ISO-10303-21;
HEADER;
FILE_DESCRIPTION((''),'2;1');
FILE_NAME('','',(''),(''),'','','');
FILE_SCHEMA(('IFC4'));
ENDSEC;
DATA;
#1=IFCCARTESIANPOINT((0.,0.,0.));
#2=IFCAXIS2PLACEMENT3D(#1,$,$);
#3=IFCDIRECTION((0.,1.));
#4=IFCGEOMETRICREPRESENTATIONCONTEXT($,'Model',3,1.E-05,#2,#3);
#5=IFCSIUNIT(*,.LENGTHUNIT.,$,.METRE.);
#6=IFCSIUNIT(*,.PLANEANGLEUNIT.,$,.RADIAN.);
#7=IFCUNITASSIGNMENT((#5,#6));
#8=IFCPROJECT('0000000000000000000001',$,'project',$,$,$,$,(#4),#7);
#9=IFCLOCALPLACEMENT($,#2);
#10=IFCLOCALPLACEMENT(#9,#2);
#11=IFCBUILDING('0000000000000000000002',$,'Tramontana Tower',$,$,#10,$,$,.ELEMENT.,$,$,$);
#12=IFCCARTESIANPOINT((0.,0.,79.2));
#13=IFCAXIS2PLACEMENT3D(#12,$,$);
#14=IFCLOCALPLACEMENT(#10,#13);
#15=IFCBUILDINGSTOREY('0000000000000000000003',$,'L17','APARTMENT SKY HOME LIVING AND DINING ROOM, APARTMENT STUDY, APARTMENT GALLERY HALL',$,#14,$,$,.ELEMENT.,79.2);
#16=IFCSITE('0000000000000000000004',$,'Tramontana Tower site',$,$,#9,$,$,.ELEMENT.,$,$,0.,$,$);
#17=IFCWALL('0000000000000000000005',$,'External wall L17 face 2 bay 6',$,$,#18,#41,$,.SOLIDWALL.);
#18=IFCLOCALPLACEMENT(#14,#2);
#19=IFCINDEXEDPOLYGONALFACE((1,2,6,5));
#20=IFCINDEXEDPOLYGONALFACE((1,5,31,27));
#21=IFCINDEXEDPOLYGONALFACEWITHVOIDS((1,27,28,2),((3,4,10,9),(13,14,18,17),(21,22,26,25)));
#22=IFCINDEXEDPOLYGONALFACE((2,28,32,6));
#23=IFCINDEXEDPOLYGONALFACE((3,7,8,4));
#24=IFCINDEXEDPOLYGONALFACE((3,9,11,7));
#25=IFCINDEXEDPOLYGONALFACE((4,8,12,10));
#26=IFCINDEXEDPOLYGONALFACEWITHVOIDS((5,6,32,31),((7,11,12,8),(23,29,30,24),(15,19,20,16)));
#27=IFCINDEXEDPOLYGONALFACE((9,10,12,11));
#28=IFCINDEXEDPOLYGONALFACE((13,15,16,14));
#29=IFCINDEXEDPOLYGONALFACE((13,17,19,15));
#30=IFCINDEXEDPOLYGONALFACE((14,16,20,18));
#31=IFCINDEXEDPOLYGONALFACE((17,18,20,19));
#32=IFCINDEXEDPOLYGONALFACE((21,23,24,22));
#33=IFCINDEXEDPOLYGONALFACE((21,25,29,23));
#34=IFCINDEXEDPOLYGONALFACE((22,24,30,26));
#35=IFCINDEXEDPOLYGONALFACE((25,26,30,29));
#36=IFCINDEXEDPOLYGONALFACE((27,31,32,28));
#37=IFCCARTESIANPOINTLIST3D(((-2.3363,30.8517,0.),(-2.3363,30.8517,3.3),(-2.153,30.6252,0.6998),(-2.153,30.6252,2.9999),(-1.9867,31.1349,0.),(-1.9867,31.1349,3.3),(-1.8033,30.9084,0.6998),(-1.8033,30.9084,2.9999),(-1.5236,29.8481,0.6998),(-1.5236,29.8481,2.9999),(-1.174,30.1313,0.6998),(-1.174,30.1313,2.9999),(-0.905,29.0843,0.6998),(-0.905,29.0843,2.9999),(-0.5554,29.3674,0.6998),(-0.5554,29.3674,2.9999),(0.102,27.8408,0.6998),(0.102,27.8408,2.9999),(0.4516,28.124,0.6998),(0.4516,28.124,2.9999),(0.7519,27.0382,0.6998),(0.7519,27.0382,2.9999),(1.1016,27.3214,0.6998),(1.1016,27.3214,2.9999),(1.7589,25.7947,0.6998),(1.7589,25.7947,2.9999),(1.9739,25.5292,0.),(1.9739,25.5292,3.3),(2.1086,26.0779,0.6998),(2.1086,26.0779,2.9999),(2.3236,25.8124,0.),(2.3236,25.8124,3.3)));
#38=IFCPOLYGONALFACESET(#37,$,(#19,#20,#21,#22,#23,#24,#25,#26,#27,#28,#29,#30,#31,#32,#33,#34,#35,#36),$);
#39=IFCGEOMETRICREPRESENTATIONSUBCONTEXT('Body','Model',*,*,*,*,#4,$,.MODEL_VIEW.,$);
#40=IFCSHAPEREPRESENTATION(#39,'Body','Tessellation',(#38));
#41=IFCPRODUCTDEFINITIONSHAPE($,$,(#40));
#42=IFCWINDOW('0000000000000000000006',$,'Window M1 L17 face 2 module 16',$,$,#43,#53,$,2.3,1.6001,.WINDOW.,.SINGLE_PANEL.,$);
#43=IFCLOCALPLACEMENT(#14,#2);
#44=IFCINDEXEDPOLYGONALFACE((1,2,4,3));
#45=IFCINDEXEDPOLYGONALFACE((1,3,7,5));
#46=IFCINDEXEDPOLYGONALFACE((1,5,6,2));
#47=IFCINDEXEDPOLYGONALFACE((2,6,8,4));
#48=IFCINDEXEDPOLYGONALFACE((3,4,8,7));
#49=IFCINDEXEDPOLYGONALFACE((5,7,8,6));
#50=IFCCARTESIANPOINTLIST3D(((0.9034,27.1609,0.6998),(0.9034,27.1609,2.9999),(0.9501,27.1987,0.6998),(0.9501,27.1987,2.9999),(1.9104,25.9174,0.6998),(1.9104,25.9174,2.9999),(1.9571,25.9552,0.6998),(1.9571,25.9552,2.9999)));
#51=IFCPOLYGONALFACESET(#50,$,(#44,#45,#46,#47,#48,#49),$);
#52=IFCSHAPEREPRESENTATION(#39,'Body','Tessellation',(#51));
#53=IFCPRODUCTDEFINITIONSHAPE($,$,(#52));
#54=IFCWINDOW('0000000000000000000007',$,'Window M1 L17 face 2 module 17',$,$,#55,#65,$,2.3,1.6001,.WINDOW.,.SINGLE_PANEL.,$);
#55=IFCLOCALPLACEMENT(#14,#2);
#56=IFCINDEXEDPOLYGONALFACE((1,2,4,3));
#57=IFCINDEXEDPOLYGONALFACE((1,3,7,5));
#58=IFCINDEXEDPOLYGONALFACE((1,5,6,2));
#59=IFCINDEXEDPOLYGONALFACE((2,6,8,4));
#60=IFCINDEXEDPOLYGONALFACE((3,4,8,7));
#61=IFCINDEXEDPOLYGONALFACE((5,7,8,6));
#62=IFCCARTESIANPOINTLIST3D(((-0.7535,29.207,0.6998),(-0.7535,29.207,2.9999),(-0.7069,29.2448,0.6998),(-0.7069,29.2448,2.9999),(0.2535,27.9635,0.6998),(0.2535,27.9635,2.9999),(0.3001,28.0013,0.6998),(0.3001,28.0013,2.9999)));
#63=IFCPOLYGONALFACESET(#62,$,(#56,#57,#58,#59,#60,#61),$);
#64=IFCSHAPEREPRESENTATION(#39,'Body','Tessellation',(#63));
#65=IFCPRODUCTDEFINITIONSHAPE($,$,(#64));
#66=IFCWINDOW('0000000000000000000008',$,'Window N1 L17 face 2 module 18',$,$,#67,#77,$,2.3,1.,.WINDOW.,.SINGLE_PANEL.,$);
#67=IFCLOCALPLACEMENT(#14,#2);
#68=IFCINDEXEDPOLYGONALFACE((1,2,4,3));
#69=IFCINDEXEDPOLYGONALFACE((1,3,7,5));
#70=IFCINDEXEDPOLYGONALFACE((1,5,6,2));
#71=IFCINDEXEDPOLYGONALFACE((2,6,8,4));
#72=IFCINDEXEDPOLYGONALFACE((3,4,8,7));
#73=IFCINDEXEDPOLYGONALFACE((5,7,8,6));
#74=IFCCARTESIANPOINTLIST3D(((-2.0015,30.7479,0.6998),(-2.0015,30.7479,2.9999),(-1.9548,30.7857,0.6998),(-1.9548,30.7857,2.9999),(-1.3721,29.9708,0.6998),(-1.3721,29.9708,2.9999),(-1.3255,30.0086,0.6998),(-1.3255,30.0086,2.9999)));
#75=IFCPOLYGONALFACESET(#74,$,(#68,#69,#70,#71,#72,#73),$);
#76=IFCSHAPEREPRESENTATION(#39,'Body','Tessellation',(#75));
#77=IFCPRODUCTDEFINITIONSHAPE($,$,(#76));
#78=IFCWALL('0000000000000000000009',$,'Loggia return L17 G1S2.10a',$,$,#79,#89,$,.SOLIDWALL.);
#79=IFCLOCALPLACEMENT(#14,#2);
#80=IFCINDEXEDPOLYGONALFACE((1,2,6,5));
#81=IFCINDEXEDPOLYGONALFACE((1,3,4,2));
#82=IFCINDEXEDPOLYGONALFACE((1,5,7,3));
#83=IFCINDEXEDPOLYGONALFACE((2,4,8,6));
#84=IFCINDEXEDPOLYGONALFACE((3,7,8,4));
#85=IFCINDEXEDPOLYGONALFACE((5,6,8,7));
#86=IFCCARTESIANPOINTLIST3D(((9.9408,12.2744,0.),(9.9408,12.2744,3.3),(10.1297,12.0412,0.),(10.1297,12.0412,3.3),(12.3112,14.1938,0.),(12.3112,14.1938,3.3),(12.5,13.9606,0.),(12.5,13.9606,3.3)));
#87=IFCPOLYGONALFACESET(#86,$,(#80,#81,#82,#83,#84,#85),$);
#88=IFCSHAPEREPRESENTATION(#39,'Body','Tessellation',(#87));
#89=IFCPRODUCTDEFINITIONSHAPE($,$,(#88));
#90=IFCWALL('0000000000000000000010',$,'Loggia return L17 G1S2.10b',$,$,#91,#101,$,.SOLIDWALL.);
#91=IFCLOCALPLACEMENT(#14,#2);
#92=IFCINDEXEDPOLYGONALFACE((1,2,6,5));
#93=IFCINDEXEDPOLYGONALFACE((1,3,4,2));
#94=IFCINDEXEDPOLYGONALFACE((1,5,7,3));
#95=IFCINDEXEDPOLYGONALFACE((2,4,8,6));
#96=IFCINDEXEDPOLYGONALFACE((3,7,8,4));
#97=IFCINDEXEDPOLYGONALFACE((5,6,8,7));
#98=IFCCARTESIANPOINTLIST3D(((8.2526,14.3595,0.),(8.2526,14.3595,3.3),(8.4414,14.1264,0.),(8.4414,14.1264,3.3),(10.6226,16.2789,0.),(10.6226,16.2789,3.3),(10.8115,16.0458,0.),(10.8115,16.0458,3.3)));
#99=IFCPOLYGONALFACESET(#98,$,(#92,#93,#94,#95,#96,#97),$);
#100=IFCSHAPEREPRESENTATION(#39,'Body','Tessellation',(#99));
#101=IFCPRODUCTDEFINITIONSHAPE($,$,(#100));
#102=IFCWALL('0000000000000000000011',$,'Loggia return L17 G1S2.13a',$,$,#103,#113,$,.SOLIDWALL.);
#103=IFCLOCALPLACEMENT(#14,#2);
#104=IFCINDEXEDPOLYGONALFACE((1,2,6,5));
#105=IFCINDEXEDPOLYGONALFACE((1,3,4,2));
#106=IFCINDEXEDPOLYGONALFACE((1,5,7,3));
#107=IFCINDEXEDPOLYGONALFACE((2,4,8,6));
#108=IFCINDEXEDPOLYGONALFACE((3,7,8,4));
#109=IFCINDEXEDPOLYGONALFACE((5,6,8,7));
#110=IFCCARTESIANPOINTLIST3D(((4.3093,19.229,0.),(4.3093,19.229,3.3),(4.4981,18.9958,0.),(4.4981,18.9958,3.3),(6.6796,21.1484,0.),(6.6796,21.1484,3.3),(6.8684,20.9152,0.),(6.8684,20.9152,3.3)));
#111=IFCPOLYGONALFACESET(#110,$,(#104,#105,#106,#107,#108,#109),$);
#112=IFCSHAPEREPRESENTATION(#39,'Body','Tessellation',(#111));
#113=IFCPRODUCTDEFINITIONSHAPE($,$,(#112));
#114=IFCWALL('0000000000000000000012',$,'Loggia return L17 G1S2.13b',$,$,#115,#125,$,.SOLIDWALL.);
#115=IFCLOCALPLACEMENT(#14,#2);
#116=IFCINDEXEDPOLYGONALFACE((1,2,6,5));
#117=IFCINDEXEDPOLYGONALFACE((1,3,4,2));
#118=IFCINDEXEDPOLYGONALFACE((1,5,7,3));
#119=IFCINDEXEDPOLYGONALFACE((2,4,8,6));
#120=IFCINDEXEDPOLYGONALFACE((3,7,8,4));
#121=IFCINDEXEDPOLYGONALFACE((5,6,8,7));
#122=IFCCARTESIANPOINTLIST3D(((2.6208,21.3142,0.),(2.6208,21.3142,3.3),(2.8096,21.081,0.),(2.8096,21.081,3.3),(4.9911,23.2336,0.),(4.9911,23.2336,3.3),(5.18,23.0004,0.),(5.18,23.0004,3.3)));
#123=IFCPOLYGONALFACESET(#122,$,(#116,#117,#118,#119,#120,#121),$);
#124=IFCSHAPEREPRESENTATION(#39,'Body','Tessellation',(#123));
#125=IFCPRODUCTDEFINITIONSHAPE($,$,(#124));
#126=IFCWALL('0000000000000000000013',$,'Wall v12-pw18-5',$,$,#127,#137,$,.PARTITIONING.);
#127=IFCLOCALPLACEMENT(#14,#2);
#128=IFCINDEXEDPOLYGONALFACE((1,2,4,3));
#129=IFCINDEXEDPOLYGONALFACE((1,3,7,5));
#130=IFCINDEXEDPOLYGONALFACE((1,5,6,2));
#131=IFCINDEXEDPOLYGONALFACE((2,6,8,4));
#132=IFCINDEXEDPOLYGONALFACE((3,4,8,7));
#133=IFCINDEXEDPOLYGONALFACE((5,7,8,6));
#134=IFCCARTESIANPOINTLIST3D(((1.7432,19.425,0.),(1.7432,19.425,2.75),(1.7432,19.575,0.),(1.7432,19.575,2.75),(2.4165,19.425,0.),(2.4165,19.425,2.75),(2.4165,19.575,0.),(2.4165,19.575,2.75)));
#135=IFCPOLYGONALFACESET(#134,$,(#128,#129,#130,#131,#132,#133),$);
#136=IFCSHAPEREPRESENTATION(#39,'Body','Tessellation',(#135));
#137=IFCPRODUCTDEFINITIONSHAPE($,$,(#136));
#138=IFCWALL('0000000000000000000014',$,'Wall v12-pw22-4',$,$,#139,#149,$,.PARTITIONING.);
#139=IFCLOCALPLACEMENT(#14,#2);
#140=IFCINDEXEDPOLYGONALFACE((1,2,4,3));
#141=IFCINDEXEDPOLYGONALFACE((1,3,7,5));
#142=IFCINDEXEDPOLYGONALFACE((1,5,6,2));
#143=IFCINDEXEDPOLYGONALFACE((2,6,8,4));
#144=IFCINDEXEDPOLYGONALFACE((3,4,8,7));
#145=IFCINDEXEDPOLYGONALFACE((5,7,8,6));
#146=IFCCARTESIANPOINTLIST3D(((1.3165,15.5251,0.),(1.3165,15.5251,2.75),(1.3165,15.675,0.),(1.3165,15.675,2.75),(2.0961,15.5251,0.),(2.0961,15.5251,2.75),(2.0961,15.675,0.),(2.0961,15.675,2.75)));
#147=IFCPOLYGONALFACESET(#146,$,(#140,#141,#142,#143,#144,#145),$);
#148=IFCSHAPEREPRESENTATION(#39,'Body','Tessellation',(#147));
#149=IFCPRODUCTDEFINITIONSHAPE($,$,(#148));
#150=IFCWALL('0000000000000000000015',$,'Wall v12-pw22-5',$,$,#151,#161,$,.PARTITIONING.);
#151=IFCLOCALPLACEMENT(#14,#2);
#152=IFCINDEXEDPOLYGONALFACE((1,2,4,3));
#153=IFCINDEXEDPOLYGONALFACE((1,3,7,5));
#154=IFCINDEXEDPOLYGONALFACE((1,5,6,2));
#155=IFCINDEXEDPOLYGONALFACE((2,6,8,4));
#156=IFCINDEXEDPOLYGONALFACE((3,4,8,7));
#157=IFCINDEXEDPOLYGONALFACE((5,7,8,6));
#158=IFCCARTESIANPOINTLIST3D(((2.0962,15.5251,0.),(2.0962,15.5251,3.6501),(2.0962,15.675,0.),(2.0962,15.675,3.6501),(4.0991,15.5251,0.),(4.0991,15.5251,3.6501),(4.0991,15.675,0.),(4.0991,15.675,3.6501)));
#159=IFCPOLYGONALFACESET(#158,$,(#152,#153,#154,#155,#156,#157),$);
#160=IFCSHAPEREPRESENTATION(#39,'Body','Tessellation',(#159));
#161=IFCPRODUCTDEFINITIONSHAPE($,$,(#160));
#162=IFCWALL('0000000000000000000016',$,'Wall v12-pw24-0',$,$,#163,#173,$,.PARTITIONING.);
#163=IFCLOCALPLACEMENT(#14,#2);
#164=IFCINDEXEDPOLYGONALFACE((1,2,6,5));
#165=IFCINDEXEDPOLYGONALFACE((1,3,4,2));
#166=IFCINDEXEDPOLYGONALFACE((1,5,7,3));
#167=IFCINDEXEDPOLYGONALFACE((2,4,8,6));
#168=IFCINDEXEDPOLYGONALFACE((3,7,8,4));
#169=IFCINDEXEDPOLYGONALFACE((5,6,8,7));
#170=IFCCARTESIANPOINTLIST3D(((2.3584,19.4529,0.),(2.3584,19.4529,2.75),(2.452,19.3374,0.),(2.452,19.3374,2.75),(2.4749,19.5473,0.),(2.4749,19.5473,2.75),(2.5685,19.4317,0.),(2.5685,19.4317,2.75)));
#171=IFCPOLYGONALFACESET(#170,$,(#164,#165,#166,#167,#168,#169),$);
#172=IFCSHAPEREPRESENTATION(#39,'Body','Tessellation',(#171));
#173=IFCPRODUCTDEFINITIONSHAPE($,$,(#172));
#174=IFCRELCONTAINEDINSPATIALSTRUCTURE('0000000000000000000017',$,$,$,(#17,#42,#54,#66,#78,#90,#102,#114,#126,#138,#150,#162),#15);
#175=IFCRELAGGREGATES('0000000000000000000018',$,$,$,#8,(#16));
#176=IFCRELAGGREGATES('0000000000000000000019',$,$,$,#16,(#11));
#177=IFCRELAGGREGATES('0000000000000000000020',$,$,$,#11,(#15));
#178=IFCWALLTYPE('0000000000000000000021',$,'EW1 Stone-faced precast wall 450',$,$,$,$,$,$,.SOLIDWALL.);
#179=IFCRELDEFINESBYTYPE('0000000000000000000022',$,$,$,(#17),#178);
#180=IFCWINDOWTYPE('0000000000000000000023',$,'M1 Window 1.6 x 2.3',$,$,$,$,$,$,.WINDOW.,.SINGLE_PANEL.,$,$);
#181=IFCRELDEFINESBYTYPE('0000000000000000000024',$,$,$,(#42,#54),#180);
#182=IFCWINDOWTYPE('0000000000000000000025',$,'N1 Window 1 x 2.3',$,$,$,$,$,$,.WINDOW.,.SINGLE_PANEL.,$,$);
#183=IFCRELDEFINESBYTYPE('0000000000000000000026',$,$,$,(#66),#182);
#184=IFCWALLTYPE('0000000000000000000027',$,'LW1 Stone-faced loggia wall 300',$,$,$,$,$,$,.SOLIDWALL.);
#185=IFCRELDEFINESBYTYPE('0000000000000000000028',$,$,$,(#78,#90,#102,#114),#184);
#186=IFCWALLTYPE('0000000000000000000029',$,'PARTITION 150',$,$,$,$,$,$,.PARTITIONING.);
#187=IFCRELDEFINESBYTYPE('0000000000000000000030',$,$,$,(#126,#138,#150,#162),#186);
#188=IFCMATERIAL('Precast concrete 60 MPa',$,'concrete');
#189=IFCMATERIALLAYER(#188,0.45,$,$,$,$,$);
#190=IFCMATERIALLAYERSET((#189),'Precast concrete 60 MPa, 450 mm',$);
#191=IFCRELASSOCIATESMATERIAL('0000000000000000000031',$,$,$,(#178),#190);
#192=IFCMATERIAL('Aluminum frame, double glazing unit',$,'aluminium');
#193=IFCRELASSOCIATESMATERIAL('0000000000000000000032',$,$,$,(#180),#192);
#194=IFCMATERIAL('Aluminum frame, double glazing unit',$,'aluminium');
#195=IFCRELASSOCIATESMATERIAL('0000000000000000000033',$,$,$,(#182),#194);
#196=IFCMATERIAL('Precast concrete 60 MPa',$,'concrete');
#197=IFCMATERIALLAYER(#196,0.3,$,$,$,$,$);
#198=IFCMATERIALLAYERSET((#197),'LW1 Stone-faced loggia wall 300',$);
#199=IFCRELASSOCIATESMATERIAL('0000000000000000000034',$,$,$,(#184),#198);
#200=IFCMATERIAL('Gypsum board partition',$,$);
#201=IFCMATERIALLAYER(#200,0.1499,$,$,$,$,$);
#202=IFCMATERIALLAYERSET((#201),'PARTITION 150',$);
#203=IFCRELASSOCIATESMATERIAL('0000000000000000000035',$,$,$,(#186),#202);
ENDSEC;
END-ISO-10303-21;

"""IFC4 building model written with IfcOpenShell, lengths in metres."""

from ifc_helpers import new_model, si_unit, direction, frame, frame_2d, origin, place, context, subcontext, project, spatial, rectangle, extrude, material, layer, layer_set, type_object, element, fill, save


model = new_model("IFC4")

# Units and contexts
model_context = context("Model", 3, precision=1e-05, world=origin(), true_north=direction((0.0, 1.0)))
body_context = subcontext(model_context, "Body", "Model", "MODEL_VIEW")
ifc_project = project(units=[si_unit("LENGTHUNIT", "METRE"), si_unit("PLANEANGLEUNIT", "RADIAN")], contexts=[model_context])

# Site, building, storey
site_placement = place(None, origin())
site = spatial("IfcSite", under=ifc_project, at=site_placement, Name="Tramontana Tower site", CompositionType="ELEMENT", RefElevation=0.0)
building_placement = place(site_placement, origin())
building = spatial("IfcBuilding", under=site, at=building_placement, Name="Tramontana Tower", CompositionType="ELEMENT")
storey_placement = place(building_placement, frame((0.0, 0.0, 79.2)))
storey = spatial("IfcBuildingStorey", under=building, at=storey_placement, Name="L17", Description="APARTMENT SKY HOME LIVING AND DINING ROOM, APARTMENT STUDY, APARTMENT GALLERY HALL", CompositionType="ELEMENT", Elevation=79.2)

# Shared definitions
ifc_material_1 = material(Name="Precast concrete 60 MPa", Category="concrete")
ifc_layer_1 = layer(ifc_material_1, 0.45)
ifc_layer_set_1 = layer_set([ifc_layer_1], Name="Precast concrete 60 MPa, 450 mm")
wall_type_1 = type_object("IfcWallType", Name="EW1 Stone-faced precast wall 450", PredefinedType="SOLIDWALL", material=ifc_layer_set_1)
ifc_material_2 = material(Name="Aluminum frame, double glazing unit", Category="aluminium")
window_type_1 = type_object("IfcWindowType", Name="M1 Window 1.6 x 2.3", PartitioningType="SINGLE_PANEL", PredefinedType="WINDOW", material=ifc_material_2)

# Wall, openings, windows
wall_1_placement = place(storey_placement, frame((2.1487, 25.6709, 0.0), z_axis=(0.0, 0.0, 1.0), x_axis=(-0.62934, 0.77713, 0.0)))
wall_1 = element("IfcWall", 1, at=wall_1_placement, inside=storey, type_object=wall_type_1, Name="External wall L17 face 2 bay 6", PredefinedType="SOLIDWALL", context=body_context, shape_type="SweptSolid", body=[
    extrude(rectangle(XDim=6.8489, YDim=0.45, at=frame_2d((3.4243, 0.0))), origin(), (0.0, 0.0, 1.0), 3.3),
])
opening_1_placement = place(wall_1_placement, frame((0.3416, 0.0, 0.7)))
opening_1 = element("IfcOpeningElement", 2, at=opening_1_placement, cuts=wall_1, PredefinedType="OPENING", context=body_context, shape_type="SweptSolid", body=[
    extrude(rectangle(XDim=1.6001, YDim=2.3, at=frame_2d((0.8, 1.1499))), frame((0.0, 0.2349, 0.0), z_axis=(0.0, -1.0, 0.0), x_axis=(1.0, 0.0, 0.0)), (0.0, 0.0, 1.0), 0.47),
])
opening_2_placement = place(wall_1_placement, frame((2.9744, 0.0, 0.7)))
opening_2 = element("IfcOpeningElement", 3, at=opening_2_placement, cuts=wall_1, PredefinedType="OPENING", context=body_context, shape_type="SweptSolid", body=[
    extrude(rectangle(XDim=1.6001, YDim=2.3, at=frame_2d((0.8, 1.1499))), frame((0.0, 0.2349, 0.0), z_axis=(0.0, -1.0, 0.0), x_axis=(1.0, 0.0, 0.0)), (0.0, 0.0, 1.0), 0.47),
])
opening_3_placement = place(wall_1_placement, frame((5.5574, 0.0, 0.7)))
opening_3 = element("IfcOpeningElement", 4, at=opening_3_placement, cuts=wall_1, PredefinedType="OPENING", context=body_context, shape_type="SweptSolid", body=[
    extrude(rectangle(XDim=1.0, YDim=2.3, at=frame_2d((0.5, 1.1499))), frame((0.0, 0.2349, 0.0), z_axis=(0.0, -1.0, 0.0), x_axis=(1.0, 0.0, 0.0)), (0.0, 0.0, 1.0), 0.47),
])
window_1_placement = place(opening_1_placement, origin())
window_1 = element("IfcWindow", 5, at=window_1_placement, inside=storey, type_object=window_type_1, Name="Window M1 L17 face 2 module 16", OverallHeight=2.3, OverallWidth=1.6001, PartitioningType="SINGLE_PANEL", PredefinedType="WINDOW", context=body_context, shape_type="SweptSolid", body=[
    extrude(rectangle(XDim=1.6001, YDim=2.3, at=frame_2d((0.8, 1.1499))), frame((0.0, 0.03, 0.0), z_axis=(0.0, -1.0, 0.0), x_axis=(1.0, 0.0, 0.0)), (0.0, 0.0, 1.0), 0.0601),
])
fill(opening_1, window_1)
window_2_placement = place(opening_2_placement, origin())
window_2 = element("IfcWindow", 6, at=window_2_placement, inside=storey, type_object=window_type_1, Name="Window M1 L17 face 2 module 17", OverallHeight=2.3, OverallWidth=1.6001, PartitioningType="SINGLE_PANEL", PredefinedType="WINDOW", context=body_context, shape_type="SweptSolid", body=[
    extrude(rectangle(XDim=1.6001, YDim=2.3, at=frame_2d((0.8, 1.1499))), frame((0.0, 0.03, 0.0), z_axis=(0.0, -1.0, 0.0), x_axis=(1.0, 0.0, 0.0)), (0.0, 0.0, 1.0), 0.0601),
])
fill(opening_2, window_2)
ifc_material_3 = material(Name="Aluminum frame, double glazing unit", Category="aluminium")
window_type_2 = type_object("IfcWindowType", Name="N1 Window 1 x 2.3", PartitioningType="SINGLE_PANEL", PredefinedType="WINDOW", material=ifc_material_3)
window_3_placement = place(opening_3_placement, origin())
window_3 = element("IfcWindow", 7, at=window_3_placement, inside=storey, type_object=window_type_2, Name="Window N1 L17 face 2 module 18", OverallHeight=2.3, OverallWidth=1.0, PartitioningType="SINGLE_PANEL", PredefinedType="WINDOW", context=body_context, shape_type="SweptSolid", body=[
    extrude(rectangle(XDim=1.0, YDim=2.3, at=frame_2d((0.5, 1.1499))), frame((0.0, 0.03, 0.0), z_axis=(0.0, -1.0, 0.0), x_axis=(1.0, 0.0, 0.0)), (0.0, 0.0, 1.0), 0.0601),
])
fill(opening_3, window_3)

# Walls
ifc_material_4 = material(Name="Precast concrete 60 MPa", Category="concrete")
ifc_layer_2 = layer(ifc_material_4, 0.3)
ifc_layer_set_2 = layer_set([ifc_layer_2], Name="LW1 Stone-faced loggia wall 300")
wall_type_2 = type_object("IfcWallType", Name="LW1 Stone-faced loggia wall 300", PredefinedType="SOLIDWALL", material=ifc_layer_set_2)
wall_2_placement = place(storey_placement, frame((12.4055, 14.0771, 0.0), z_axis=(0.0, 0.0, 1.0), x_axis=(-0.777154, -0.629311, 0.0)))
element("IfcWall", 8, at=wall_2_placement, inside=storey, type_object=wall_type_2, Name="Loggia return L17 G1S2.10a", PredefinedType="SOLIDWALL", context=body_context, shape_type="SweptSolid", body=[
    extrude(rectangle(XDim=3.05, YDim=0.3, at=frame_2d((1.5249, 0.0))), origin(), (0.0, 0.0, 1.0), 3.3),
])
wall_3_placement = place(storey_placement, frame((10.717, 16.1624, 0.0), z_axis=(0.0, 0.0, 1.0), x_axis=(-0.777122, -0.62935, 0.0)))
element("IfcWall", 9, at=wall_3_placement, inside=storey, type_object=wall_type_2, Name="Loggia return L17 G1S2.10b", PredefinedType="SOLIDWALL", context=body_context, shape_type="SweptSolid", body=[
    extrude(rectangle(XDim=3.0498, YDim=0.3, at=frame_2d((1.5249, 0.0))), origin(), (0.0, 0.0, 1.0), 3.3),
])

# Walls
for number, where, z_axis, x_axis, name in (
    (10, (6.7739, 21.0317, 0.0), (0.0, 0.0, 1.0), (-0.777154, -0.629311, 0.0), "Loggia return L17 G1S2.13a"),
    (11, (5.0854, 23.1169, 0.0), (0.0, 0.0, 1.0), (-0.777154, -0.629311, 0.0), "Loggia return L17 G1S2.13b"),
):
    element("IfcWall", number, at=place(storey_placement, frame(where, z_axis=z_axis, x_axis=x_axis)), inside=storey, type_object=wall_type_2, Name=name, PredefinedType="SOLIDWALL", context=body_context, shape_type="SweptSolid", body=[
        extrude(rectangle(XDim=3.05, YDim=0.3, at=frame_2d((1.5249, 0.0))), origin(), (0.0, 0.0, 1.0), 3.3),
    ])
ifc_material_5 = material(Name="Gypsum board partition")
ifc_layer_3 = layer(ifc_material_5, 0.1499)
ifc_layer_set_3 = layer_set([ifc_layer_3], Name="PARTITION 150")
wall_type_3 = type_object("IfcWallType", Name="PARTITION 150", PredefinedType="PARTITIONING", material=ifc_layer_set_3)
wall_4_placement = place(storey_placement, frame((1.7432, 19.5, 0.0), z_axis=(0.0, 0.0, 1.0), x_axis=(1.0, 0.0, 0.0)))
element("IfcWall", 12, at=wall_4_placement, inside=storey, type_object=wall_type_3, Name="Wall v12-pw18-5", PredefinedType="PARTITIONING", context=body_context, shape_type="SweptSolid", body=[
    extrude(rectangle(XDim=0.6733, YDim=0.1499, at=frame_2d((0.3367, 0.0))), origin(), (0.0, 0.0, 1.0), 2.75),
])
wall_5_placement = place(storey_placement, frame((1.3167, 15.6001, 0.0), z_axis=(0.0, 0.0, 1.0), x_axis=(1.0, 0.0, 0.0)))
element("IfcWall", 13, at=wall_5_placement, inside=storey, type_object=wall_type_3, Name="Wall v12-pw22-4", PredefinedType="PARTITIONING", context=body_context, shape_type="SweptSolid", body=[
    extrude(rectangle(XDim=0.7795, YDim=0.1499, at=frame_2d((0.3896, 0.0))), origin(), (0.0, 0.0, 1.0), 2.75),
])
wall_6_placement = place(storey_placement, frame((2.0962, 15.6001, 0.0), z_axis=(0.0, 0.0, 1.0), x_axis=(1.0, 0.0, 0.0)))
element("IfcWall", 14, at=wall_6_placement, inside=storey, type_object=wall_type_3, Name="Wall v12-pw22-5", PredefinedType="PARTITIONING", context=body_context, shape_type="SweptSolid", body=[
    extrude(rectangle(XDim=2.0029, YDim=0.1499, at=frame_2d((1.0015, 0.0))), origin(), (0.0, 0.0, 1.0), 3.6501),
])
wall_7_placement = place(storey_placement, frame((2.4167, 19.5, 0.0), z_axis=(0.0, 0.0, 1.0), x_axis=(0.629293, -0.777168, 0.0)))
element("IfcWall", 15, at=wall_7_placement, inside=storey, type_object=wall_type_3, Name="Wall v12-pw24-0", PredefinedType="PARTITIONING", context=body_context, shape_type="SweptSolid", body=[
    extrude(rectangle(XDim=0.1487, YDim=0.1499, at=frame_2d((0.0742, 0.0))), origin(), (0.0, 0.0, 1.0), 2.75),
])

save(model, "model.ifc")
